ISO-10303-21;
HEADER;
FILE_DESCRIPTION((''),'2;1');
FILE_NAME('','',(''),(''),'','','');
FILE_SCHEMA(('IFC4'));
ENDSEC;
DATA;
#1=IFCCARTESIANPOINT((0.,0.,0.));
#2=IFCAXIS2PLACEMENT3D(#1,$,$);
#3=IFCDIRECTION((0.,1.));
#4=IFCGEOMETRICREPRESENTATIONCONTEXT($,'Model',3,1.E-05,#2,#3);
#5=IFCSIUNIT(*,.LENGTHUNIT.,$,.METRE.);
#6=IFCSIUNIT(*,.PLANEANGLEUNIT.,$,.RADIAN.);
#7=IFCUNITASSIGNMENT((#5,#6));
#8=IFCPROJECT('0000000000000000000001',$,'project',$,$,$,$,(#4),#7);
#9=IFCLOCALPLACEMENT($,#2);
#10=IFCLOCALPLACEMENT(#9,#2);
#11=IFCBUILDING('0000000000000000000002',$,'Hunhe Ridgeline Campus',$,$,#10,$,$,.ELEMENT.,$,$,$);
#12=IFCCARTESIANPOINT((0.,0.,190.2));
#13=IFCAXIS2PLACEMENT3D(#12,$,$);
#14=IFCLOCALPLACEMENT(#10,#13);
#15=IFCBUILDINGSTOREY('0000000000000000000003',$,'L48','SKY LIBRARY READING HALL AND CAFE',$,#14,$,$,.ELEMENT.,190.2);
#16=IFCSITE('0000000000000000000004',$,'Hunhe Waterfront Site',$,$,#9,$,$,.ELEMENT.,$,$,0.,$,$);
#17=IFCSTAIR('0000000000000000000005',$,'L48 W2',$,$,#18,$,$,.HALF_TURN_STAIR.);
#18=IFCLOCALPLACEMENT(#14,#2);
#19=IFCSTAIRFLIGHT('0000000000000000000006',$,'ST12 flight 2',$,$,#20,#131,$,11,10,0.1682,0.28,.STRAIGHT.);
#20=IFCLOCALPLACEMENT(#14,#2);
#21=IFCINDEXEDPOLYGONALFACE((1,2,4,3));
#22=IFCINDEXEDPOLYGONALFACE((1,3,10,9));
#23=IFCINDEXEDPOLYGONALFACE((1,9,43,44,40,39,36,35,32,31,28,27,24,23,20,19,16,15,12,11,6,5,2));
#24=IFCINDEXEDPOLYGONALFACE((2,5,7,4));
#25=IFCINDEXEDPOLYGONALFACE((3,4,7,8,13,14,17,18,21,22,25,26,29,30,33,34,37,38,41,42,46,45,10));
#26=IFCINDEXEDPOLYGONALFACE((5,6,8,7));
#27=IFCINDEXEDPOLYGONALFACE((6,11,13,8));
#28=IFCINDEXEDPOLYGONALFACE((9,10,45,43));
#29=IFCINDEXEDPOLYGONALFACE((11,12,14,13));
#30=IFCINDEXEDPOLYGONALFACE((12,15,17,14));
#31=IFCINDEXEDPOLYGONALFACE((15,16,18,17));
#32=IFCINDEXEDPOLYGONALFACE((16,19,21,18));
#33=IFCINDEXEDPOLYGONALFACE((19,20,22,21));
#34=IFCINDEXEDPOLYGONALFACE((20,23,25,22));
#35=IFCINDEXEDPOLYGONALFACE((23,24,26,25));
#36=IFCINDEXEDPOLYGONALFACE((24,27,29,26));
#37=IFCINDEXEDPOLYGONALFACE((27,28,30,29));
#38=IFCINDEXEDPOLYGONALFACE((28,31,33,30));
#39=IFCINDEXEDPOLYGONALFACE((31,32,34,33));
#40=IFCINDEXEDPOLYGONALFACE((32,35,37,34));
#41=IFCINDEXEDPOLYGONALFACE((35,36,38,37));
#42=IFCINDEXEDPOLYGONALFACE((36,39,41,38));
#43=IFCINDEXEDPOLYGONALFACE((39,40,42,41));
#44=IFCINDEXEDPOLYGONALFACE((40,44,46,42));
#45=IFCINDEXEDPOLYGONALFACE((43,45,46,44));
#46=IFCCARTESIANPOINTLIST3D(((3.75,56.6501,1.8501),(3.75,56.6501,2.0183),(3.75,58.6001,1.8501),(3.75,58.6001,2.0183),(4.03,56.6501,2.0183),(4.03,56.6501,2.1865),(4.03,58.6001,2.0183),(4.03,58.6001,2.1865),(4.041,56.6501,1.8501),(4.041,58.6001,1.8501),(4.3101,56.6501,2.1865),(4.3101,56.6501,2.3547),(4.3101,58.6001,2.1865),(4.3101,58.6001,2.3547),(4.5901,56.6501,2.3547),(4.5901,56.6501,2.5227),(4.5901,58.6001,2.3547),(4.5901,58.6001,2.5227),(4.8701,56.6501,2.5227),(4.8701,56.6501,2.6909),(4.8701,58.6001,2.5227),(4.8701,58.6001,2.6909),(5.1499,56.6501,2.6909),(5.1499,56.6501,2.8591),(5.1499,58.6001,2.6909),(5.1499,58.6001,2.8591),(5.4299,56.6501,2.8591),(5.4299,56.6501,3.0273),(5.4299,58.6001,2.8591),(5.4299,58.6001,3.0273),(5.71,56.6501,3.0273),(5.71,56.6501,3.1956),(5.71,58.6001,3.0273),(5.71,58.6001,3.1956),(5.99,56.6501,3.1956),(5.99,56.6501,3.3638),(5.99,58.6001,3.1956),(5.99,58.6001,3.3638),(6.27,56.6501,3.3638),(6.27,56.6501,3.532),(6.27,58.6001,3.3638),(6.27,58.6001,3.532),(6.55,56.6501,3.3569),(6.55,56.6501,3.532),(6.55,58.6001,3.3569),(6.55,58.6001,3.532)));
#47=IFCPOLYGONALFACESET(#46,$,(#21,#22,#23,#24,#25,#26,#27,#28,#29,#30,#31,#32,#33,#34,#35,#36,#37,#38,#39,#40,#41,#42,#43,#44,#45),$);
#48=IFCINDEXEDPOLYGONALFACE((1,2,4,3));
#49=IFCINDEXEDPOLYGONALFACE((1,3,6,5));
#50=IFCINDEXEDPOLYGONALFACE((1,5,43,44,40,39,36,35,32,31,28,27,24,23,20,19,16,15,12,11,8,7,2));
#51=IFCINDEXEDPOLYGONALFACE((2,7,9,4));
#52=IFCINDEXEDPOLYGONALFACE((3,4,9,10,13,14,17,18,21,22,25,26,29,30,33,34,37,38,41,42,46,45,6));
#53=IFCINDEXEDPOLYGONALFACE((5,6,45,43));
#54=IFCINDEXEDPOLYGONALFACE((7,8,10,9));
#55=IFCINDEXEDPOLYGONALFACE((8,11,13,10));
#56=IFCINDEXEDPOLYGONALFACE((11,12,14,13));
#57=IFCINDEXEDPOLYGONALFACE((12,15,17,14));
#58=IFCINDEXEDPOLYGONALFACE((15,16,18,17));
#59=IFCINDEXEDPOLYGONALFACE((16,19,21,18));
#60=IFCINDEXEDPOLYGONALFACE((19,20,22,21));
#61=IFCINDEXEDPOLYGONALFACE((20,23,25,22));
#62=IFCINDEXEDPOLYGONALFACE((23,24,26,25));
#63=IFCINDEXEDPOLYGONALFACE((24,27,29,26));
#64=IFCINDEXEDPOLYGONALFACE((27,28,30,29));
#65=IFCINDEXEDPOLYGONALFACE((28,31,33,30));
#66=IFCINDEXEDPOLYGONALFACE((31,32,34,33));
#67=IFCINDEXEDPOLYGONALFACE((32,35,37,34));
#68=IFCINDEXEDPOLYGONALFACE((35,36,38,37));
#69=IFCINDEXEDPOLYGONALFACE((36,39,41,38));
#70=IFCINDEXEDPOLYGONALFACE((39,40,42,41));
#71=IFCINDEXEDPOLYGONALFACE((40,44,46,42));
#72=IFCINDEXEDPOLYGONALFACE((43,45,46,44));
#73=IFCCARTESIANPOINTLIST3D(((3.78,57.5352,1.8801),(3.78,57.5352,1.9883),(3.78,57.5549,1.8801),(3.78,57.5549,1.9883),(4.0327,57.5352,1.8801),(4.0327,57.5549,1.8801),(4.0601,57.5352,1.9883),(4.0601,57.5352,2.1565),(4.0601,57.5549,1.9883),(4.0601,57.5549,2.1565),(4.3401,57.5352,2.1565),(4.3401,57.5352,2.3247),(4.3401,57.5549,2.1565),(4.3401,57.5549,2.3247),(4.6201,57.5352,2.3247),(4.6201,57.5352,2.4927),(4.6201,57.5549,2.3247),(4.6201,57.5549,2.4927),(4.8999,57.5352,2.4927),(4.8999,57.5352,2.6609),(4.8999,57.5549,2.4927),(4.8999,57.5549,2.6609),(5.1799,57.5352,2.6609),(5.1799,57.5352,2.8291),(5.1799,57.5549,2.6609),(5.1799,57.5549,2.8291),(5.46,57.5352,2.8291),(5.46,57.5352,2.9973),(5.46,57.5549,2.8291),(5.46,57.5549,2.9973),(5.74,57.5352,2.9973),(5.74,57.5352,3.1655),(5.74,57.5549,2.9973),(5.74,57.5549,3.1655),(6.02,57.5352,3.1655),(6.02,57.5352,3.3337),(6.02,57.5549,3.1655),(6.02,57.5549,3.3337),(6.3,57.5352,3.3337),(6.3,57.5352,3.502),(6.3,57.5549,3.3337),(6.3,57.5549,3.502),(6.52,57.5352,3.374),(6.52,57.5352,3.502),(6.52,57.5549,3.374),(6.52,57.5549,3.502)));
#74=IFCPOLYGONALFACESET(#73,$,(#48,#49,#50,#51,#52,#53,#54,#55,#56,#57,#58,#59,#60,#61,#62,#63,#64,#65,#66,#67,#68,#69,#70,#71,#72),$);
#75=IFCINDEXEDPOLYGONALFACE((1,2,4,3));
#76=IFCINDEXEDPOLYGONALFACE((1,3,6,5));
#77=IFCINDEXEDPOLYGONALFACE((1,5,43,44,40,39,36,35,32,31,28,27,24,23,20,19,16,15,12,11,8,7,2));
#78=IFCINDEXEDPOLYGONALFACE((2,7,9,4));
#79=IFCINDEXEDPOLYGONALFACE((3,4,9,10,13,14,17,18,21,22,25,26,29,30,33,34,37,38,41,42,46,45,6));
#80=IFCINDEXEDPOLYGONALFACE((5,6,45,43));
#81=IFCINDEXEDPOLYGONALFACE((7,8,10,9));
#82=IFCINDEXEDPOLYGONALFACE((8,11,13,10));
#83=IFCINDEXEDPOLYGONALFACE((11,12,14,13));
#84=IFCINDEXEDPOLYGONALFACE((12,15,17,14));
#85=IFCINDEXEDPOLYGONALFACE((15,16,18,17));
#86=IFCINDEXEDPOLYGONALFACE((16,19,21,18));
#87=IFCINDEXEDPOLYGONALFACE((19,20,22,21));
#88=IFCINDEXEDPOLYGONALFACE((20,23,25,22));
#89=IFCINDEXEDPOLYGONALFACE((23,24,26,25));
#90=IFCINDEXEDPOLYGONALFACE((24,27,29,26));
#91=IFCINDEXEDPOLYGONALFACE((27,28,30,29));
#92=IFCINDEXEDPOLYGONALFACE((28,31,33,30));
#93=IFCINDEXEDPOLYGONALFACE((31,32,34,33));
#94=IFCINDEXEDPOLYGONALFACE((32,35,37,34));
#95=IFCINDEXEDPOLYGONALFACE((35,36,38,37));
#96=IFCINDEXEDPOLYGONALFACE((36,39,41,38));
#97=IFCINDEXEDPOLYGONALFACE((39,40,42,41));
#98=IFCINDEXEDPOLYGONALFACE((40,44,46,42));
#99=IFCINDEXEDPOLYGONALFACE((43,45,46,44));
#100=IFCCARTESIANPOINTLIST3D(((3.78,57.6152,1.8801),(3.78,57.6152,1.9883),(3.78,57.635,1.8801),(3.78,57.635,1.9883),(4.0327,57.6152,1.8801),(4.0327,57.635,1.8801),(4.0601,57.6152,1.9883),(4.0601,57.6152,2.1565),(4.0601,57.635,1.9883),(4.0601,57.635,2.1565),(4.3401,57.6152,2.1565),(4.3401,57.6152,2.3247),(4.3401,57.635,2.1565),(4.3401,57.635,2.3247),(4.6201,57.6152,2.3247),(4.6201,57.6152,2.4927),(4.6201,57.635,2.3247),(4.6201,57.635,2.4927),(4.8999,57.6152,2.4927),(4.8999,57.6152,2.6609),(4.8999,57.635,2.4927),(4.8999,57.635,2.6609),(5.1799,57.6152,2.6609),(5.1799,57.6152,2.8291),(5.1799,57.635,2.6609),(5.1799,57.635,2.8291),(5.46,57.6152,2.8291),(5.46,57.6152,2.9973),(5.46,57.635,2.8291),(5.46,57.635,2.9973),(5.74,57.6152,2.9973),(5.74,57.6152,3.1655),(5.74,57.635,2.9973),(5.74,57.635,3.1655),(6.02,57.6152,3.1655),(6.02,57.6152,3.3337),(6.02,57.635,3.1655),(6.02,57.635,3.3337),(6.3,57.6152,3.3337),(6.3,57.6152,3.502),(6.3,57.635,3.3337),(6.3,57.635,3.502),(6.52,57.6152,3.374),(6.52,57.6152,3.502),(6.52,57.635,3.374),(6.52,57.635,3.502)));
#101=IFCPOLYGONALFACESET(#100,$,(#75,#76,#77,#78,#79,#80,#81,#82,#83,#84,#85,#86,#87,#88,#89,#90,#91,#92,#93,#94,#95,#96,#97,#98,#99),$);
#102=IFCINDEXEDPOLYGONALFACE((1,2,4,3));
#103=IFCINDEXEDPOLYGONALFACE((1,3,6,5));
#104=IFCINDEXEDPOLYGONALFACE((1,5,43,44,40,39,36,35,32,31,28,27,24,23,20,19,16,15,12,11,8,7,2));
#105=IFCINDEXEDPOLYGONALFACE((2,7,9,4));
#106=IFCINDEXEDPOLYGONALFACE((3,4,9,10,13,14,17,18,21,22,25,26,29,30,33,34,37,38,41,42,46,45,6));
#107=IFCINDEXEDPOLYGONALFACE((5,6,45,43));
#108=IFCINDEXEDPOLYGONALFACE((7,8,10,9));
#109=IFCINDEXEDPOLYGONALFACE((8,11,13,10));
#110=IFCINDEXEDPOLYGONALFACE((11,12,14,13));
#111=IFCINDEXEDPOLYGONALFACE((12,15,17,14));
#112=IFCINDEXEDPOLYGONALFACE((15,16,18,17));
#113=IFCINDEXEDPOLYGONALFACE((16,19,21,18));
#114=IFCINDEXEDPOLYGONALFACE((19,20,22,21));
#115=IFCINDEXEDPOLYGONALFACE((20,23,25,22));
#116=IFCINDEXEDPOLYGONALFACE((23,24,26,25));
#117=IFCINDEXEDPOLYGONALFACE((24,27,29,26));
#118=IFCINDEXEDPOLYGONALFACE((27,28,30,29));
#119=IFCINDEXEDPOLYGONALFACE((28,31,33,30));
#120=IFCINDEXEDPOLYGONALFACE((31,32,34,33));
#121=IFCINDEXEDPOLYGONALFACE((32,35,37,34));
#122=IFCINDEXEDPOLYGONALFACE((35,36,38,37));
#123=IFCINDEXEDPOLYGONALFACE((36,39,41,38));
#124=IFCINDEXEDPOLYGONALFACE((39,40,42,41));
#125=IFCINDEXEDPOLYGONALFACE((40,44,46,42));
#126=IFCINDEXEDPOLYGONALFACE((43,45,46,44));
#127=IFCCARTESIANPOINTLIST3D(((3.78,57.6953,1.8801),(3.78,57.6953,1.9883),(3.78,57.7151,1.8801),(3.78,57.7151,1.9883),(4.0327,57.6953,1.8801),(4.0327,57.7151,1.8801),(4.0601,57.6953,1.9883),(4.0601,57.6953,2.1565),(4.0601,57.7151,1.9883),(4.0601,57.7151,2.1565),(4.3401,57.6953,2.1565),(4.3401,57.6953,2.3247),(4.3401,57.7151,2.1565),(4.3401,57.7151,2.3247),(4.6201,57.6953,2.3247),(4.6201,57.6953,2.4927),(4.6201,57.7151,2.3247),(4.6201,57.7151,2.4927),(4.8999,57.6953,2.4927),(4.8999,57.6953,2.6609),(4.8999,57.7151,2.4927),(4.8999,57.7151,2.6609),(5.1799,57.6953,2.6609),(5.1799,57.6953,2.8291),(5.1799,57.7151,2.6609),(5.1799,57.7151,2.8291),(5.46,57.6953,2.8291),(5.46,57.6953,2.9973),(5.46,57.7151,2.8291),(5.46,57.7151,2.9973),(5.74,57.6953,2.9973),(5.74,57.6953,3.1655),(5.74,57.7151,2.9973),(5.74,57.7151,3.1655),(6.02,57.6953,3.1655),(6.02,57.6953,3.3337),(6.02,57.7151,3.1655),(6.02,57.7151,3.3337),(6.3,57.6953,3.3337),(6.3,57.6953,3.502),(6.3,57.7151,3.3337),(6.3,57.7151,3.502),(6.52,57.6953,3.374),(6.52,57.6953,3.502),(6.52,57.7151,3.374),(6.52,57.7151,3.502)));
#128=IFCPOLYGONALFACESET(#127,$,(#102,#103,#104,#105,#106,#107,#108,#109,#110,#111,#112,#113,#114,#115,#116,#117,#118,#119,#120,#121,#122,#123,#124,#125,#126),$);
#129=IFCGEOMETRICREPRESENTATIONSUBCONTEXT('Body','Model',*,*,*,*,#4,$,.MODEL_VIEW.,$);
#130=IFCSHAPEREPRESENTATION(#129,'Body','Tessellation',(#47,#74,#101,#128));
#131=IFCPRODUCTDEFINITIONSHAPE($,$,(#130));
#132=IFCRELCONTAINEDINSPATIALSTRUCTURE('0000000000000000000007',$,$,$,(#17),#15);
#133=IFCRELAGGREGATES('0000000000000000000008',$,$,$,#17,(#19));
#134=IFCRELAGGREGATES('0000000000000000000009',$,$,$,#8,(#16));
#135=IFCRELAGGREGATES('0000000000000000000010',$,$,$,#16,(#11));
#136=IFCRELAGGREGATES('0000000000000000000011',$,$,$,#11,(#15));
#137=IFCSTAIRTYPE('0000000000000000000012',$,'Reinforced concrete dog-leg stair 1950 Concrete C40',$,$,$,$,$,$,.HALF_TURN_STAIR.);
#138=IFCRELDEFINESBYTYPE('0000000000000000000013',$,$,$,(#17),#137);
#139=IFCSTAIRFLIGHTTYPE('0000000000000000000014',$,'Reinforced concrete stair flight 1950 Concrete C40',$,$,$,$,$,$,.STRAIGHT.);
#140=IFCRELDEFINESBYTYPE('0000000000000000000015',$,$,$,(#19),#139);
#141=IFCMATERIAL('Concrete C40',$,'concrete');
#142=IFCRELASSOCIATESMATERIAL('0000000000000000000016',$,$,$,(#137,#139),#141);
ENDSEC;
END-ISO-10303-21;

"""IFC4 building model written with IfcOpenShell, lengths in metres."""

from ifc_helpers import new_model, si_unit, direction, frame, origin, place, context, subcontext, project, spatial, polyline, outline, extrude, material, type_object, element, aggregate, save


model = new_model("IFC4")

# Units and contexts
model_context = context("Model", 3, precision=1e-05, world=origin(), true_north=direction((0.0, 1.0)))
body_context = subcontext(model_context, "Body", "Model", "MODEL_VIEW")
ifc_project = project(units=[si_unit("LENGTHUNIT", "METRE"), si_unit("PLANEANGLEUNIT", "RADIAN")], contexts=[model_context])

# Site, building, storey
site_placement = place(None, origin())
site = spatial("IfcSite", under=ifc_project, at=site_placement, Name="Hunhe Waterfront Site", CompositionType="ELEMENT", RefElevation=0.0)
building_placement = place(site_placement, origin())
building = spatial("IfcBuilding", under=site, at=building_placement, Name="Hunhe Ridgeline Campus", CompositionType="ELEMENT")
storey_placement = place(building_placement, frame((0.0, 0.0, 190.2)))
storey = spatial("IfcBuildingStorey", under=building, at=storey_placement, Name="L48", Description="SKY LIBRARY READING HALL AND CAFE", CompositionType="ELEMENT", Elevation=190.2)

# Shared definitions
ifc_material_1 = material(Name="Concrete C40", Category="concrete")
stair_type = type_object("IfcStairType", Name="Reinforced concrete dog-leg stair 1950 Concrete C40", PredefinedType="HALF_TURN_STAIR", material=ifc_material_1)
stair_flight_type = type_object("IfcStairFlightType", Name="Reinforced concrete stair flight 1950 Concrete C40", PredefinedType="STRAIGHT", material=ifc_material_1)

# Stair, stair flight
stair_1_placement = place(storey_placement, origin())
stair_1 = element("IfcStair", 1, at=stair_1_placement, inside=storey, type_object=stair_type, Name="L48 W2", PredefinedType="HALF_TURN_STAIR")
stair_flight_1_placement = place(storey_placement, frame((3.75, 57.625, 1.8501), z_axis=(0.0, 0.0, 1.0), x_axis=(1.0, 0.0, 0.0)))
stair_flight_1 = element("IfcStairFlight", 2, at=stair_flight_1_placement, type_object=stair_flight_type, Name="ST12 flight 2", NumberOfRisers=11, NumberOfTreads=10, PredefinedType="STRAIGHT", RiserHeight=0.1682, TreadLength=0.28, context=body_context, shape_type="SweptSolid", body=[
    extrude(outline(polyline([(0.0, 0.0), (0.0, 0.1682), (0.28, 0.1682), (0.28, 0.3364), (0.5601, 0.3364), (0.5601, 0.5046), (0.8401, 0.5046), (0.8401, 0.6726), (1.1201, 0.6726), (1.1201, 0.8408), (1.3999, 0.8408), (1.3999, 1.009), (1.6799, 1.009), (1.6799, 1.1772), (1.96, 1.1772), (1.96, 1.3455), (2.24, 1.3455), (2.24, 1.5137), (2.52, 1.5137), (2.52, 1.6819), (2.8, 1.6819), (2.8, 1.8501), (2.8, 1.5068), (0.291, 0.0), (0.0, 0.0)])), frame((0.0, 0.9751, 0.0), z_axis=(0.0, -1.0, 0.0), x_axis=(1.0, 0.0, 0.0)), (0.0, 0.0, 1.0), 1.95),
    extrude(outline(polyline([(0.03, 0.03), (0.03, 0.1382), (0.3101, 0.1382), (0.3101, 0.3064), (0.5901, 0.3064), (0.5901, 0.4746), (0.8701, 0.4746), (0.8701, 0.6426), (1.1499, 0.6426), (1.1499, 0.8108), (1.4299, 0.8108), (1.4299, 0.979), (1.71, 0.979), (1.71, 1.1472), (1.99, 1.1472), (1.99, 1.3154), (2.27, 1.3154), (2.27, 1.4836), (2.55, 1.4836), (2.55, 1.6519), (2.77, 1.6519), (2.77, 1.5239), (0.2827, 0.03), (0.03, 0.03)])), frame((0.0, -0.0701, 0.0), z_axis=(0.0, -1.0, 0.0), x_axis=(1.0, 0.0, 0.0)), (0.0, 0.0, 1.0), 0.0198),
    extrude(outline(polyline([(0.03, 0.03), (0.03, 0.1382), (0.3101, 0.1382), (0.3101, 0.3064), (0.5901, 0.3064), (0.5901, 0.4746), (0.8701, 0.4746), (0.8701, 0.6426), (1.1499, 0.6426), (1.1499, 0.8108), (1.4299, 0.8108), (1.4299, 0.979), (1.71, 0.979), (1.71, 1.1472), (1.99, 1.1472), (1.99, 1.3154), (2.27, 1.3154), (2.27, 1.4836), (2.55, 1.4836), (2.55, 1.6519), (2.77, 1.6519), (2.77, 1.5239), (0.2827, 0.03), (0.03, 0.03)])), frame((0.0, 0.01, 0.0), z_axis=(0.0, -1.0, 0.0), x_axis=(1.0, 0.0, 0.0)), (0.0, 0.0, 1.0), 0.0198),
    extrude(outline(polyline([(0.03, 0.03), (0.03, 0.1382), (0.3101, 0.1382), (0.3101, 0.3064), (0.5901, 0.3064), (0.5901, 0.4746), (0.8701, 0.4746), (0.8701, 0.6426), (1.1499, 0.6426), (1.1499, 0.8108), (1.4299, 0.8108), (1.4299, 0.979), (1.71, 0.979), (1.71, 1.1472), (1.99, 1.1472), (1.99, 1.3154), (2.27, 1.3154), (2.27, 1.4836), (2.55, 1.4836), (2.55, 1.6519), (2.77, 1.6519), (2.77, 1.5239), (0.2827, 0.03), (0.03, 0.03)])), frame((0.0, 0.0901, 0.0), z_axis=(0.0, -1.0, 0.0), x_axis=(1.0, 0.0, 0.0)), (0.0, 0.0, 1.0), 0.0198),
])
aggregate(stair_1, [stair_flight_1])

save(model, "model.ifc")
